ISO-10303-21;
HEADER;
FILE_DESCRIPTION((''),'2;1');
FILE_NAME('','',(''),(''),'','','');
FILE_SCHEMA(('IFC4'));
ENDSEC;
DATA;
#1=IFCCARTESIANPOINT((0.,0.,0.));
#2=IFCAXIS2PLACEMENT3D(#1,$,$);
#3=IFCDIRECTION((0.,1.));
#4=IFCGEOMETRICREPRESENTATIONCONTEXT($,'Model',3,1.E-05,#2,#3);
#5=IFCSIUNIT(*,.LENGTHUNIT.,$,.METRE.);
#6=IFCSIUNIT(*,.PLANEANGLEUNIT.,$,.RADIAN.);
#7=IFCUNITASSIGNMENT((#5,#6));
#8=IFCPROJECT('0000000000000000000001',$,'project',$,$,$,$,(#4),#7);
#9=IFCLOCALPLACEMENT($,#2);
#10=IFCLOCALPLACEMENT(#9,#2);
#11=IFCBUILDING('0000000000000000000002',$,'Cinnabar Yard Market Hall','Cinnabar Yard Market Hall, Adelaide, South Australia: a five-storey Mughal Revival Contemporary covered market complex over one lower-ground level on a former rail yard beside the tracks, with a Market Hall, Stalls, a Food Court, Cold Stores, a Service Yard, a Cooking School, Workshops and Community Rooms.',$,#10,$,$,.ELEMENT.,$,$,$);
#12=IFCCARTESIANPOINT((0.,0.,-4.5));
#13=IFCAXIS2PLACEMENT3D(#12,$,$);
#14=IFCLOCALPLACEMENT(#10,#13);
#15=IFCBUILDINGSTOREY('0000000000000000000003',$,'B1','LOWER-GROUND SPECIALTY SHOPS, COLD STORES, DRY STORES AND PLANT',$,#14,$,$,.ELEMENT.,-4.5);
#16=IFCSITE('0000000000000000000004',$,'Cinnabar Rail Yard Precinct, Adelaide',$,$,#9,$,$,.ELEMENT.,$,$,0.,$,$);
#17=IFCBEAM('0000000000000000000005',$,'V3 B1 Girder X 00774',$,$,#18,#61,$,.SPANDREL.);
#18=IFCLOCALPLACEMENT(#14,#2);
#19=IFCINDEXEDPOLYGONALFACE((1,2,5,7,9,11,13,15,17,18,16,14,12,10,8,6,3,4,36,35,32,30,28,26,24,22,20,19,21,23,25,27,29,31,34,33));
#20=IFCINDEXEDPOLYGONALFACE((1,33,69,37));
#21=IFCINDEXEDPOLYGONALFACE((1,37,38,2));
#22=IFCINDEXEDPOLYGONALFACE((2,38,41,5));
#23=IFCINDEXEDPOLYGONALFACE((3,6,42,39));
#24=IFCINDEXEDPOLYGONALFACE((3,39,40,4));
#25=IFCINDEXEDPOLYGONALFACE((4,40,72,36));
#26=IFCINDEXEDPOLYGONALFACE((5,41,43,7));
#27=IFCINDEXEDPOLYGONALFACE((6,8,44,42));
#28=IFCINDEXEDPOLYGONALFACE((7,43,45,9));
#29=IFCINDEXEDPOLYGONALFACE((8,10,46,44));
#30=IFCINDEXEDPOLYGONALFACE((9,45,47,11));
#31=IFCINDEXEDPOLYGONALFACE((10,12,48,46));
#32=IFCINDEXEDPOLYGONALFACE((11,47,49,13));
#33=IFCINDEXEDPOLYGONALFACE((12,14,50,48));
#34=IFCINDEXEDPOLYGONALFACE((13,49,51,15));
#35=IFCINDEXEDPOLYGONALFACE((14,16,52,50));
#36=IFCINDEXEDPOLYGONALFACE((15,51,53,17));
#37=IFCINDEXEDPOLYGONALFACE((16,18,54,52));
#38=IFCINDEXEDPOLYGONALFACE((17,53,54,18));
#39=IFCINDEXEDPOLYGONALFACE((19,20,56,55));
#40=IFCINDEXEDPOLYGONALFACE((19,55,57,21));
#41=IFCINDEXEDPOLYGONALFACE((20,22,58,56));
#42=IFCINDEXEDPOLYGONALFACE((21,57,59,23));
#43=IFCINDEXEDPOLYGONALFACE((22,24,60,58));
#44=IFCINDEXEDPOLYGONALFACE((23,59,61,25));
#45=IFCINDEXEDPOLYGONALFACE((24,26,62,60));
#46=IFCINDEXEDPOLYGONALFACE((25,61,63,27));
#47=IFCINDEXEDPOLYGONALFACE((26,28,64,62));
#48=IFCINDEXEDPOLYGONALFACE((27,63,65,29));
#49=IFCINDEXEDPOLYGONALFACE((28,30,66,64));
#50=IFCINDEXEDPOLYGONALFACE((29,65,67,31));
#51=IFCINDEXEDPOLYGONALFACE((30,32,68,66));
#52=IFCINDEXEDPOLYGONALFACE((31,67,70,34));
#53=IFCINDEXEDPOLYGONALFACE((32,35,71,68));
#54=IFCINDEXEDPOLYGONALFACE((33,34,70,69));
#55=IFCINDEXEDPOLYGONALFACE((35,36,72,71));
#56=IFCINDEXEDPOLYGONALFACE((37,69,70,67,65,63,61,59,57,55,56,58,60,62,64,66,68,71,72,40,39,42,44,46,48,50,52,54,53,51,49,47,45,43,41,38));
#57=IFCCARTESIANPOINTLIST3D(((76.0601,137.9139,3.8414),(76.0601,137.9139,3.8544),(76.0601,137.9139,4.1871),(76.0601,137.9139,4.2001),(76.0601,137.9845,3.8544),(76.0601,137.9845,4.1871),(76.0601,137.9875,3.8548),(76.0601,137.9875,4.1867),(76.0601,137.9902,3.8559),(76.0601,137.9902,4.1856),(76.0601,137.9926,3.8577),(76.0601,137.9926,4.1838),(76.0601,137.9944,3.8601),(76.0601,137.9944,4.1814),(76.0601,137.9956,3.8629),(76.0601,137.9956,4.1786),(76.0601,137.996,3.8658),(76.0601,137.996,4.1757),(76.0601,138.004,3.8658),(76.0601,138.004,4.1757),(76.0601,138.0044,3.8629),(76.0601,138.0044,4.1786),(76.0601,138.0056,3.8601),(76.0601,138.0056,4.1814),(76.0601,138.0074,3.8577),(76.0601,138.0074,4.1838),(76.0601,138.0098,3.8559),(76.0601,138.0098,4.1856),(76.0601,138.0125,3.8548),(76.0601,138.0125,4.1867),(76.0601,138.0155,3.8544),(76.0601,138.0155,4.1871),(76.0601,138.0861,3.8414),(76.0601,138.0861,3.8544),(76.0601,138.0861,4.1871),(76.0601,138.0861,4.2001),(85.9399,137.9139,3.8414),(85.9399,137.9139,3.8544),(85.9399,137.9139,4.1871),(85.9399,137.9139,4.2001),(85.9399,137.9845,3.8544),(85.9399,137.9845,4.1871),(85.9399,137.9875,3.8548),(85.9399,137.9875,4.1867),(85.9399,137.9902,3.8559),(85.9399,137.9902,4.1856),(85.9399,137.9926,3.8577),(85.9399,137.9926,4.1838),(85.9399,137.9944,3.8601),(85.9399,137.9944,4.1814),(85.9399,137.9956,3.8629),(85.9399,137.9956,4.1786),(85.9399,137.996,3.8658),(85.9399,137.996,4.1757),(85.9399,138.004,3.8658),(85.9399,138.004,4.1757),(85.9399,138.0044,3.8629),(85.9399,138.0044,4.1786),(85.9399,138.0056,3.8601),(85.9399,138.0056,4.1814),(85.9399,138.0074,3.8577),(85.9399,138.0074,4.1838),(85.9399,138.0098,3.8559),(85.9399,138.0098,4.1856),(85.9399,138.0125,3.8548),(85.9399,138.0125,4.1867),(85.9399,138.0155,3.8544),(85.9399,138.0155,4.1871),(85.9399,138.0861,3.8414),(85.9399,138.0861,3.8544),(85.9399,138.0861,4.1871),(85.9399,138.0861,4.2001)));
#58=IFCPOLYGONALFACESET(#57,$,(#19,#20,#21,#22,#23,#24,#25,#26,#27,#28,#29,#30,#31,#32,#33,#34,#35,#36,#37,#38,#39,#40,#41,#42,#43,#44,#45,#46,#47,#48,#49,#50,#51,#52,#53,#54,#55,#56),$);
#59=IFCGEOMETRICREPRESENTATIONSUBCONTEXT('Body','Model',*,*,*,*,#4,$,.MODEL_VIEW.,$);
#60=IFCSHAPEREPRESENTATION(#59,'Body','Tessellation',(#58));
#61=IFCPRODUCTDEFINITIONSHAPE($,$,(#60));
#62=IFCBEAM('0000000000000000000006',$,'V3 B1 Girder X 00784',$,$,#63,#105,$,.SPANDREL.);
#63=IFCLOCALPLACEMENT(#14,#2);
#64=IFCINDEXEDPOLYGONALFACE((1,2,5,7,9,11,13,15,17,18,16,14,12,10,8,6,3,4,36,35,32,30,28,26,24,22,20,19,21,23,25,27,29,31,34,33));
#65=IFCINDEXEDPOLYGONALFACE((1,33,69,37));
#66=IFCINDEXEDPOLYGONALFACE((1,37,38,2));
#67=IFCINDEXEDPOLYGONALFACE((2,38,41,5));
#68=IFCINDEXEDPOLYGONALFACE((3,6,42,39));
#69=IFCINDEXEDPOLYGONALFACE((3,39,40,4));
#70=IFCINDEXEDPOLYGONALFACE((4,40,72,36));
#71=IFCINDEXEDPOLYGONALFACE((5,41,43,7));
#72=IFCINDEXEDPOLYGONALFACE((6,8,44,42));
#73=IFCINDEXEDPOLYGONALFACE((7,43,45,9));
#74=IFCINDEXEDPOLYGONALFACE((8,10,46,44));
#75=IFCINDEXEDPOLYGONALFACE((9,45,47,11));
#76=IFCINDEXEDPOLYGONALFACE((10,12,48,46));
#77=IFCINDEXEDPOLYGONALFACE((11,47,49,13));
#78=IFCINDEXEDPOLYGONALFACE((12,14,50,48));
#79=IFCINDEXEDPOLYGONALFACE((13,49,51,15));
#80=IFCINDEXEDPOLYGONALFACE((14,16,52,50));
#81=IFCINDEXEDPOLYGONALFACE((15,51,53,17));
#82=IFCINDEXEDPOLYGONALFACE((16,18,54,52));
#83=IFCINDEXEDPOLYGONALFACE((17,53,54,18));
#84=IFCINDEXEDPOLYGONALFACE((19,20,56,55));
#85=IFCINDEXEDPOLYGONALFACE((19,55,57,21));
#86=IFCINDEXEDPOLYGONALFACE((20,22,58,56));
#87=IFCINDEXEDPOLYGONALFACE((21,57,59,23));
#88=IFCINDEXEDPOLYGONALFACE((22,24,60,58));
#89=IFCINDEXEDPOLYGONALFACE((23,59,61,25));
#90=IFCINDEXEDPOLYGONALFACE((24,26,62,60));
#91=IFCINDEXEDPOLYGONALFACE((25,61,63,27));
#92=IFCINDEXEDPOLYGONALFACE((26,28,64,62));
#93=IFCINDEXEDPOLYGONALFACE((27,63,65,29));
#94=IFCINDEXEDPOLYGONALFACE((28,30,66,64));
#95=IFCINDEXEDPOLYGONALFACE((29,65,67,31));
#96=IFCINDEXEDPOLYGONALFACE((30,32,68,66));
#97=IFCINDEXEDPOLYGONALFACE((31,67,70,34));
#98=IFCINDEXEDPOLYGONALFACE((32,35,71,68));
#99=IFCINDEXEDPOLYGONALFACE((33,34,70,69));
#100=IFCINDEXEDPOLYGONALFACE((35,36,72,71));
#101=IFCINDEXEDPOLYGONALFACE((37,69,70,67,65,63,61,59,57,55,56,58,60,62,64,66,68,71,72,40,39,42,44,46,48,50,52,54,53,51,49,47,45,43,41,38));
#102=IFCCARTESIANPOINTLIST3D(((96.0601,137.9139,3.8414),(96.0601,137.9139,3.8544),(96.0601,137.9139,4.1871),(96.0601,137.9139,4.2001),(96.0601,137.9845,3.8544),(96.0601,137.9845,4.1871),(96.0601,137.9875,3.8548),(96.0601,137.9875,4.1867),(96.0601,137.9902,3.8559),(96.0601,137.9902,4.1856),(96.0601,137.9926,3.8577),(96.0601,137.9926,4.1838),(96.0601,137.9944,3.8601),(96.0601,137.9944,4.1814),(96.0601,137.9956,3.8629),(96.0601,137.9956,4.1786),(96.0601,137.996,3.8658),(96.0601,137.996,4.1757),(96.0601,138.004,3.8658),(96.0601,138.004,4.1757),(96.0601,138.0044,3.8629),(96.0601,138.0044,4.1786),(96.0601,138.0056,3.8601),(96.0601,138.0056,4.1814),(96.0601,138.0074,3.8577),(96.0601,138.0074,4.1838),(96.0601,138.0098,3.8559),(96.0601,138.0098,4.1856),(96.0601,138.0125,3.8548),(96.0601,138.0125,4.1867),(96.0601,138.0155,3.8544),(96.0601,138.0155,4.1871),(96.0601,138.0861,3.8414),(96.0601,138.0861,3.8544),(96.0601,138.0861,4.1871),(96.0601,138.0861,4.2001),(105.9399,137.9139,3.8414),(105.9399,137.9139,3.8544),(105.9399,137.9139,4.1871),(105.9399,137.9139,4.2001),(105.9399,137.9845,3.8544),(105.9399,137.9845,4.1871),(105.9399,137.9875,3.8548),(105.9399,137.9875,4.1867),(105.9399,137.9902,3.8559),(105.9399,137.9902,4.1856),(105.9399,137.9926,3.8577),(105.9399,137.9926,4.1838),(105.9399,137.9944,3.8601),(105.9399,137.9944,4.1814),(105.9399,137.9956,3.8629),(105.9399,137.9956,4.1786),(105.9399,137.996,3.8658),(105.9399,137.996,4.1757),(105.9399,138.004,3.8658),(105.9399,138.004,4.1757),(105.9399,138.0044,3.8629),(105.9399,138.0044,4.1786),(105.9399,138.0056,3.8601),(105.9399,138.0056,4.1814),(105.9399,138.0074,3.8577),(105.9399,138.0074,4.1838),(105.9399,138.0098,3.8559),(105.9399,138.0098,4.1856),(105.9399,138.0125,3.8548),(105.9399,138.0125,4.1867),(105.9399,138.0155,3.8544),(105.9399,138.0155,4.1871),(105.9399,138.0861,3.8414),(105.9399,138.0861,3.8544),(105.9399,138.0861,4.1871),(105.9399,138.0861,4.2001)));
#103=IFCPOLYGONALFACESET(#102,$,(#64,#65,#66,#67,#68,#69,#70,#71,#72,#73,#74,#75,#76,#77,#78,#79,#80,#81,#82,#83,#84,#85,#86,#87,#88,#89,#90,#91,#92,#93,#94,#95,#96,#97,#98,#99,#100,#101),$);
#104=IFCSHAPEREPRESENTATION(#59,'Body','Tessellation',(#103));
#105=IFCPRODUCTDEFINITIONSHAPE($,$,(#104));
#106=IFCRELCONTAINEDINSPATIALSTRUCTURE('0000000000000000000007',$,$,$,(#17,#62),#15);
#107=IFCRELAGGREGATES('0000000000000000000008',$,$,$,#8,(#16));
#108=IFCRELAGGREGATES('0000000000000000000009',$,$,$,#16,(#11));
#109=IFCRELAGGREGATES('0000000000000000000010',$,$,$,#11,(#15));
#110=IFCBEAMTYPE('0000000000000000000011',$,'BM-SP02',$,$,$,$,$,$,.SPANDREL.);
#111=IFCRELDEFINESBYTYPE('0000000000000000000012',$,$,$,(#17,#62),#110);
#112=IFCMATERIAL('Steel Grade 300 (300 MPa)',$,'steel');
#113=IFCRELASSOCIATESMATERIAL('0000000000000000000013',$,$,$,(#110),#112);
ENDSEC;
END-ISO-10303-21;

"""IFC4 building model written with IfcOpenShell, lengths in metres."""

from ifc_helpers import new_model, si_unit, direction, frame, origin, origin_2d_with_axis, place, context, subcontext, project, spatial, i_section, extrude, material, material_profile, profile_set, type_object, element, save


model = new_model("IFC4")

# Units and contexts
model_context = context("Model", 3, precision=1e-05, world=origin(), true_north=direction((0.0, 1.0)))
body_context = subcontext(model_context, "Body", "Model", "MODEL_VIEW")
ifc_project = project(units=[si_unit("LENGTHUNIT", "METRE"), si_unit("PLANEANGLEUNIT", "RADIAN")], contexts=[model_context])

# Site, building, storey
site_placement = place(None, origin())
site = spatial("IfcSite", under=ifc_project, at=site_placement, Name="Cinnabar Rail Yard Precinct, Adelaide", CompositionType="ELEMENT", RefElevation=0.0)
building_placement = place(site_placement, origin())
building = spatial("IfcBuilding", under=site, at=building_placement, Name="Cinnabar Yard Market Hall", Description="Cinnabar Yard Market Hall, Adelaide, South Australia: a five-storey Mughal Revival Contemporary covered market complex over one lower-ground level on a former rail yard beside the tracks, with a Market Hall, Stalls, a Food Court, Cold Stores, a Service Yard, a Cooking School, Workshops and Community Rooms.", CompositionType="ELEMENT")
storey_placement = place(building_placement, frame((0.0, 0.0, -4.5)))
storey = spatial("IfcBuildingStorey", under=building, at=storey_placement, Name="B1", Description="LOWER-GROUND SPECIALTY SHOPS, COLD STORES, DRY STORES AND PLANT", CompositionType="ELEMENT", Elevation=-4.5)

# Shared definitions
ifc_material_1 = material(Name="Steel Grade 300 (300 MPa)", Category="steel")

# Beams
ifc_material_profile_1 = material_profile(ifc_material_1, i_section(OverallWidth=0.1721, OverallDepth=0.3586, WebThickness=0.0081, FlangeThickness=0.0129, FilletRadius=0.0115, at=origin_2d_with_axis()), Name="360UB56.7")
ifc_profile_set_1 = profile_set([ifc_material_profile_1], Name="Steel Grade 300 (300 MPa)")
beam_type_1 = type_object("IfcBeamType", Name="BM-SP02", PredefinedType="SPANDREL", material=ifc_profile_set_1)
for number, where, z_axis, x_axis, name in (
    (1, (76.0601, 138.0, 4.0208), (1.0, 0.0, 0.0), (0.0, 1.0, 0.0), "V3 B1 Girder X 00774"),
    (2, (96.0601, 138.0, 4.0208), (1.0, 0.0, 0.0), (0.0, 1.0, 0.0), "V3 B1 Girder X 00784"),
):
    element("IfcBeam", number, at=place(storey_placement, frame(where, z_axis=z_axis, x_axis=x_axis)), inside=storey, type_object=beam_type_1, Name=name, PredefinedType="SPANDREL", context=body_context, shape_type="SweptSolid", body=[
        extrude(i_section(OverallWidth=0.1721, OverallDepth=0.3586, WebThickness=0.0081, FlangeThickness=0.0129, FilletRadius=0.0115, at=origin_2d_with_axis()), origin(), (0.0, 0.0, 1.0), 9.8799),
    ])

save(model, "model.ifc")
